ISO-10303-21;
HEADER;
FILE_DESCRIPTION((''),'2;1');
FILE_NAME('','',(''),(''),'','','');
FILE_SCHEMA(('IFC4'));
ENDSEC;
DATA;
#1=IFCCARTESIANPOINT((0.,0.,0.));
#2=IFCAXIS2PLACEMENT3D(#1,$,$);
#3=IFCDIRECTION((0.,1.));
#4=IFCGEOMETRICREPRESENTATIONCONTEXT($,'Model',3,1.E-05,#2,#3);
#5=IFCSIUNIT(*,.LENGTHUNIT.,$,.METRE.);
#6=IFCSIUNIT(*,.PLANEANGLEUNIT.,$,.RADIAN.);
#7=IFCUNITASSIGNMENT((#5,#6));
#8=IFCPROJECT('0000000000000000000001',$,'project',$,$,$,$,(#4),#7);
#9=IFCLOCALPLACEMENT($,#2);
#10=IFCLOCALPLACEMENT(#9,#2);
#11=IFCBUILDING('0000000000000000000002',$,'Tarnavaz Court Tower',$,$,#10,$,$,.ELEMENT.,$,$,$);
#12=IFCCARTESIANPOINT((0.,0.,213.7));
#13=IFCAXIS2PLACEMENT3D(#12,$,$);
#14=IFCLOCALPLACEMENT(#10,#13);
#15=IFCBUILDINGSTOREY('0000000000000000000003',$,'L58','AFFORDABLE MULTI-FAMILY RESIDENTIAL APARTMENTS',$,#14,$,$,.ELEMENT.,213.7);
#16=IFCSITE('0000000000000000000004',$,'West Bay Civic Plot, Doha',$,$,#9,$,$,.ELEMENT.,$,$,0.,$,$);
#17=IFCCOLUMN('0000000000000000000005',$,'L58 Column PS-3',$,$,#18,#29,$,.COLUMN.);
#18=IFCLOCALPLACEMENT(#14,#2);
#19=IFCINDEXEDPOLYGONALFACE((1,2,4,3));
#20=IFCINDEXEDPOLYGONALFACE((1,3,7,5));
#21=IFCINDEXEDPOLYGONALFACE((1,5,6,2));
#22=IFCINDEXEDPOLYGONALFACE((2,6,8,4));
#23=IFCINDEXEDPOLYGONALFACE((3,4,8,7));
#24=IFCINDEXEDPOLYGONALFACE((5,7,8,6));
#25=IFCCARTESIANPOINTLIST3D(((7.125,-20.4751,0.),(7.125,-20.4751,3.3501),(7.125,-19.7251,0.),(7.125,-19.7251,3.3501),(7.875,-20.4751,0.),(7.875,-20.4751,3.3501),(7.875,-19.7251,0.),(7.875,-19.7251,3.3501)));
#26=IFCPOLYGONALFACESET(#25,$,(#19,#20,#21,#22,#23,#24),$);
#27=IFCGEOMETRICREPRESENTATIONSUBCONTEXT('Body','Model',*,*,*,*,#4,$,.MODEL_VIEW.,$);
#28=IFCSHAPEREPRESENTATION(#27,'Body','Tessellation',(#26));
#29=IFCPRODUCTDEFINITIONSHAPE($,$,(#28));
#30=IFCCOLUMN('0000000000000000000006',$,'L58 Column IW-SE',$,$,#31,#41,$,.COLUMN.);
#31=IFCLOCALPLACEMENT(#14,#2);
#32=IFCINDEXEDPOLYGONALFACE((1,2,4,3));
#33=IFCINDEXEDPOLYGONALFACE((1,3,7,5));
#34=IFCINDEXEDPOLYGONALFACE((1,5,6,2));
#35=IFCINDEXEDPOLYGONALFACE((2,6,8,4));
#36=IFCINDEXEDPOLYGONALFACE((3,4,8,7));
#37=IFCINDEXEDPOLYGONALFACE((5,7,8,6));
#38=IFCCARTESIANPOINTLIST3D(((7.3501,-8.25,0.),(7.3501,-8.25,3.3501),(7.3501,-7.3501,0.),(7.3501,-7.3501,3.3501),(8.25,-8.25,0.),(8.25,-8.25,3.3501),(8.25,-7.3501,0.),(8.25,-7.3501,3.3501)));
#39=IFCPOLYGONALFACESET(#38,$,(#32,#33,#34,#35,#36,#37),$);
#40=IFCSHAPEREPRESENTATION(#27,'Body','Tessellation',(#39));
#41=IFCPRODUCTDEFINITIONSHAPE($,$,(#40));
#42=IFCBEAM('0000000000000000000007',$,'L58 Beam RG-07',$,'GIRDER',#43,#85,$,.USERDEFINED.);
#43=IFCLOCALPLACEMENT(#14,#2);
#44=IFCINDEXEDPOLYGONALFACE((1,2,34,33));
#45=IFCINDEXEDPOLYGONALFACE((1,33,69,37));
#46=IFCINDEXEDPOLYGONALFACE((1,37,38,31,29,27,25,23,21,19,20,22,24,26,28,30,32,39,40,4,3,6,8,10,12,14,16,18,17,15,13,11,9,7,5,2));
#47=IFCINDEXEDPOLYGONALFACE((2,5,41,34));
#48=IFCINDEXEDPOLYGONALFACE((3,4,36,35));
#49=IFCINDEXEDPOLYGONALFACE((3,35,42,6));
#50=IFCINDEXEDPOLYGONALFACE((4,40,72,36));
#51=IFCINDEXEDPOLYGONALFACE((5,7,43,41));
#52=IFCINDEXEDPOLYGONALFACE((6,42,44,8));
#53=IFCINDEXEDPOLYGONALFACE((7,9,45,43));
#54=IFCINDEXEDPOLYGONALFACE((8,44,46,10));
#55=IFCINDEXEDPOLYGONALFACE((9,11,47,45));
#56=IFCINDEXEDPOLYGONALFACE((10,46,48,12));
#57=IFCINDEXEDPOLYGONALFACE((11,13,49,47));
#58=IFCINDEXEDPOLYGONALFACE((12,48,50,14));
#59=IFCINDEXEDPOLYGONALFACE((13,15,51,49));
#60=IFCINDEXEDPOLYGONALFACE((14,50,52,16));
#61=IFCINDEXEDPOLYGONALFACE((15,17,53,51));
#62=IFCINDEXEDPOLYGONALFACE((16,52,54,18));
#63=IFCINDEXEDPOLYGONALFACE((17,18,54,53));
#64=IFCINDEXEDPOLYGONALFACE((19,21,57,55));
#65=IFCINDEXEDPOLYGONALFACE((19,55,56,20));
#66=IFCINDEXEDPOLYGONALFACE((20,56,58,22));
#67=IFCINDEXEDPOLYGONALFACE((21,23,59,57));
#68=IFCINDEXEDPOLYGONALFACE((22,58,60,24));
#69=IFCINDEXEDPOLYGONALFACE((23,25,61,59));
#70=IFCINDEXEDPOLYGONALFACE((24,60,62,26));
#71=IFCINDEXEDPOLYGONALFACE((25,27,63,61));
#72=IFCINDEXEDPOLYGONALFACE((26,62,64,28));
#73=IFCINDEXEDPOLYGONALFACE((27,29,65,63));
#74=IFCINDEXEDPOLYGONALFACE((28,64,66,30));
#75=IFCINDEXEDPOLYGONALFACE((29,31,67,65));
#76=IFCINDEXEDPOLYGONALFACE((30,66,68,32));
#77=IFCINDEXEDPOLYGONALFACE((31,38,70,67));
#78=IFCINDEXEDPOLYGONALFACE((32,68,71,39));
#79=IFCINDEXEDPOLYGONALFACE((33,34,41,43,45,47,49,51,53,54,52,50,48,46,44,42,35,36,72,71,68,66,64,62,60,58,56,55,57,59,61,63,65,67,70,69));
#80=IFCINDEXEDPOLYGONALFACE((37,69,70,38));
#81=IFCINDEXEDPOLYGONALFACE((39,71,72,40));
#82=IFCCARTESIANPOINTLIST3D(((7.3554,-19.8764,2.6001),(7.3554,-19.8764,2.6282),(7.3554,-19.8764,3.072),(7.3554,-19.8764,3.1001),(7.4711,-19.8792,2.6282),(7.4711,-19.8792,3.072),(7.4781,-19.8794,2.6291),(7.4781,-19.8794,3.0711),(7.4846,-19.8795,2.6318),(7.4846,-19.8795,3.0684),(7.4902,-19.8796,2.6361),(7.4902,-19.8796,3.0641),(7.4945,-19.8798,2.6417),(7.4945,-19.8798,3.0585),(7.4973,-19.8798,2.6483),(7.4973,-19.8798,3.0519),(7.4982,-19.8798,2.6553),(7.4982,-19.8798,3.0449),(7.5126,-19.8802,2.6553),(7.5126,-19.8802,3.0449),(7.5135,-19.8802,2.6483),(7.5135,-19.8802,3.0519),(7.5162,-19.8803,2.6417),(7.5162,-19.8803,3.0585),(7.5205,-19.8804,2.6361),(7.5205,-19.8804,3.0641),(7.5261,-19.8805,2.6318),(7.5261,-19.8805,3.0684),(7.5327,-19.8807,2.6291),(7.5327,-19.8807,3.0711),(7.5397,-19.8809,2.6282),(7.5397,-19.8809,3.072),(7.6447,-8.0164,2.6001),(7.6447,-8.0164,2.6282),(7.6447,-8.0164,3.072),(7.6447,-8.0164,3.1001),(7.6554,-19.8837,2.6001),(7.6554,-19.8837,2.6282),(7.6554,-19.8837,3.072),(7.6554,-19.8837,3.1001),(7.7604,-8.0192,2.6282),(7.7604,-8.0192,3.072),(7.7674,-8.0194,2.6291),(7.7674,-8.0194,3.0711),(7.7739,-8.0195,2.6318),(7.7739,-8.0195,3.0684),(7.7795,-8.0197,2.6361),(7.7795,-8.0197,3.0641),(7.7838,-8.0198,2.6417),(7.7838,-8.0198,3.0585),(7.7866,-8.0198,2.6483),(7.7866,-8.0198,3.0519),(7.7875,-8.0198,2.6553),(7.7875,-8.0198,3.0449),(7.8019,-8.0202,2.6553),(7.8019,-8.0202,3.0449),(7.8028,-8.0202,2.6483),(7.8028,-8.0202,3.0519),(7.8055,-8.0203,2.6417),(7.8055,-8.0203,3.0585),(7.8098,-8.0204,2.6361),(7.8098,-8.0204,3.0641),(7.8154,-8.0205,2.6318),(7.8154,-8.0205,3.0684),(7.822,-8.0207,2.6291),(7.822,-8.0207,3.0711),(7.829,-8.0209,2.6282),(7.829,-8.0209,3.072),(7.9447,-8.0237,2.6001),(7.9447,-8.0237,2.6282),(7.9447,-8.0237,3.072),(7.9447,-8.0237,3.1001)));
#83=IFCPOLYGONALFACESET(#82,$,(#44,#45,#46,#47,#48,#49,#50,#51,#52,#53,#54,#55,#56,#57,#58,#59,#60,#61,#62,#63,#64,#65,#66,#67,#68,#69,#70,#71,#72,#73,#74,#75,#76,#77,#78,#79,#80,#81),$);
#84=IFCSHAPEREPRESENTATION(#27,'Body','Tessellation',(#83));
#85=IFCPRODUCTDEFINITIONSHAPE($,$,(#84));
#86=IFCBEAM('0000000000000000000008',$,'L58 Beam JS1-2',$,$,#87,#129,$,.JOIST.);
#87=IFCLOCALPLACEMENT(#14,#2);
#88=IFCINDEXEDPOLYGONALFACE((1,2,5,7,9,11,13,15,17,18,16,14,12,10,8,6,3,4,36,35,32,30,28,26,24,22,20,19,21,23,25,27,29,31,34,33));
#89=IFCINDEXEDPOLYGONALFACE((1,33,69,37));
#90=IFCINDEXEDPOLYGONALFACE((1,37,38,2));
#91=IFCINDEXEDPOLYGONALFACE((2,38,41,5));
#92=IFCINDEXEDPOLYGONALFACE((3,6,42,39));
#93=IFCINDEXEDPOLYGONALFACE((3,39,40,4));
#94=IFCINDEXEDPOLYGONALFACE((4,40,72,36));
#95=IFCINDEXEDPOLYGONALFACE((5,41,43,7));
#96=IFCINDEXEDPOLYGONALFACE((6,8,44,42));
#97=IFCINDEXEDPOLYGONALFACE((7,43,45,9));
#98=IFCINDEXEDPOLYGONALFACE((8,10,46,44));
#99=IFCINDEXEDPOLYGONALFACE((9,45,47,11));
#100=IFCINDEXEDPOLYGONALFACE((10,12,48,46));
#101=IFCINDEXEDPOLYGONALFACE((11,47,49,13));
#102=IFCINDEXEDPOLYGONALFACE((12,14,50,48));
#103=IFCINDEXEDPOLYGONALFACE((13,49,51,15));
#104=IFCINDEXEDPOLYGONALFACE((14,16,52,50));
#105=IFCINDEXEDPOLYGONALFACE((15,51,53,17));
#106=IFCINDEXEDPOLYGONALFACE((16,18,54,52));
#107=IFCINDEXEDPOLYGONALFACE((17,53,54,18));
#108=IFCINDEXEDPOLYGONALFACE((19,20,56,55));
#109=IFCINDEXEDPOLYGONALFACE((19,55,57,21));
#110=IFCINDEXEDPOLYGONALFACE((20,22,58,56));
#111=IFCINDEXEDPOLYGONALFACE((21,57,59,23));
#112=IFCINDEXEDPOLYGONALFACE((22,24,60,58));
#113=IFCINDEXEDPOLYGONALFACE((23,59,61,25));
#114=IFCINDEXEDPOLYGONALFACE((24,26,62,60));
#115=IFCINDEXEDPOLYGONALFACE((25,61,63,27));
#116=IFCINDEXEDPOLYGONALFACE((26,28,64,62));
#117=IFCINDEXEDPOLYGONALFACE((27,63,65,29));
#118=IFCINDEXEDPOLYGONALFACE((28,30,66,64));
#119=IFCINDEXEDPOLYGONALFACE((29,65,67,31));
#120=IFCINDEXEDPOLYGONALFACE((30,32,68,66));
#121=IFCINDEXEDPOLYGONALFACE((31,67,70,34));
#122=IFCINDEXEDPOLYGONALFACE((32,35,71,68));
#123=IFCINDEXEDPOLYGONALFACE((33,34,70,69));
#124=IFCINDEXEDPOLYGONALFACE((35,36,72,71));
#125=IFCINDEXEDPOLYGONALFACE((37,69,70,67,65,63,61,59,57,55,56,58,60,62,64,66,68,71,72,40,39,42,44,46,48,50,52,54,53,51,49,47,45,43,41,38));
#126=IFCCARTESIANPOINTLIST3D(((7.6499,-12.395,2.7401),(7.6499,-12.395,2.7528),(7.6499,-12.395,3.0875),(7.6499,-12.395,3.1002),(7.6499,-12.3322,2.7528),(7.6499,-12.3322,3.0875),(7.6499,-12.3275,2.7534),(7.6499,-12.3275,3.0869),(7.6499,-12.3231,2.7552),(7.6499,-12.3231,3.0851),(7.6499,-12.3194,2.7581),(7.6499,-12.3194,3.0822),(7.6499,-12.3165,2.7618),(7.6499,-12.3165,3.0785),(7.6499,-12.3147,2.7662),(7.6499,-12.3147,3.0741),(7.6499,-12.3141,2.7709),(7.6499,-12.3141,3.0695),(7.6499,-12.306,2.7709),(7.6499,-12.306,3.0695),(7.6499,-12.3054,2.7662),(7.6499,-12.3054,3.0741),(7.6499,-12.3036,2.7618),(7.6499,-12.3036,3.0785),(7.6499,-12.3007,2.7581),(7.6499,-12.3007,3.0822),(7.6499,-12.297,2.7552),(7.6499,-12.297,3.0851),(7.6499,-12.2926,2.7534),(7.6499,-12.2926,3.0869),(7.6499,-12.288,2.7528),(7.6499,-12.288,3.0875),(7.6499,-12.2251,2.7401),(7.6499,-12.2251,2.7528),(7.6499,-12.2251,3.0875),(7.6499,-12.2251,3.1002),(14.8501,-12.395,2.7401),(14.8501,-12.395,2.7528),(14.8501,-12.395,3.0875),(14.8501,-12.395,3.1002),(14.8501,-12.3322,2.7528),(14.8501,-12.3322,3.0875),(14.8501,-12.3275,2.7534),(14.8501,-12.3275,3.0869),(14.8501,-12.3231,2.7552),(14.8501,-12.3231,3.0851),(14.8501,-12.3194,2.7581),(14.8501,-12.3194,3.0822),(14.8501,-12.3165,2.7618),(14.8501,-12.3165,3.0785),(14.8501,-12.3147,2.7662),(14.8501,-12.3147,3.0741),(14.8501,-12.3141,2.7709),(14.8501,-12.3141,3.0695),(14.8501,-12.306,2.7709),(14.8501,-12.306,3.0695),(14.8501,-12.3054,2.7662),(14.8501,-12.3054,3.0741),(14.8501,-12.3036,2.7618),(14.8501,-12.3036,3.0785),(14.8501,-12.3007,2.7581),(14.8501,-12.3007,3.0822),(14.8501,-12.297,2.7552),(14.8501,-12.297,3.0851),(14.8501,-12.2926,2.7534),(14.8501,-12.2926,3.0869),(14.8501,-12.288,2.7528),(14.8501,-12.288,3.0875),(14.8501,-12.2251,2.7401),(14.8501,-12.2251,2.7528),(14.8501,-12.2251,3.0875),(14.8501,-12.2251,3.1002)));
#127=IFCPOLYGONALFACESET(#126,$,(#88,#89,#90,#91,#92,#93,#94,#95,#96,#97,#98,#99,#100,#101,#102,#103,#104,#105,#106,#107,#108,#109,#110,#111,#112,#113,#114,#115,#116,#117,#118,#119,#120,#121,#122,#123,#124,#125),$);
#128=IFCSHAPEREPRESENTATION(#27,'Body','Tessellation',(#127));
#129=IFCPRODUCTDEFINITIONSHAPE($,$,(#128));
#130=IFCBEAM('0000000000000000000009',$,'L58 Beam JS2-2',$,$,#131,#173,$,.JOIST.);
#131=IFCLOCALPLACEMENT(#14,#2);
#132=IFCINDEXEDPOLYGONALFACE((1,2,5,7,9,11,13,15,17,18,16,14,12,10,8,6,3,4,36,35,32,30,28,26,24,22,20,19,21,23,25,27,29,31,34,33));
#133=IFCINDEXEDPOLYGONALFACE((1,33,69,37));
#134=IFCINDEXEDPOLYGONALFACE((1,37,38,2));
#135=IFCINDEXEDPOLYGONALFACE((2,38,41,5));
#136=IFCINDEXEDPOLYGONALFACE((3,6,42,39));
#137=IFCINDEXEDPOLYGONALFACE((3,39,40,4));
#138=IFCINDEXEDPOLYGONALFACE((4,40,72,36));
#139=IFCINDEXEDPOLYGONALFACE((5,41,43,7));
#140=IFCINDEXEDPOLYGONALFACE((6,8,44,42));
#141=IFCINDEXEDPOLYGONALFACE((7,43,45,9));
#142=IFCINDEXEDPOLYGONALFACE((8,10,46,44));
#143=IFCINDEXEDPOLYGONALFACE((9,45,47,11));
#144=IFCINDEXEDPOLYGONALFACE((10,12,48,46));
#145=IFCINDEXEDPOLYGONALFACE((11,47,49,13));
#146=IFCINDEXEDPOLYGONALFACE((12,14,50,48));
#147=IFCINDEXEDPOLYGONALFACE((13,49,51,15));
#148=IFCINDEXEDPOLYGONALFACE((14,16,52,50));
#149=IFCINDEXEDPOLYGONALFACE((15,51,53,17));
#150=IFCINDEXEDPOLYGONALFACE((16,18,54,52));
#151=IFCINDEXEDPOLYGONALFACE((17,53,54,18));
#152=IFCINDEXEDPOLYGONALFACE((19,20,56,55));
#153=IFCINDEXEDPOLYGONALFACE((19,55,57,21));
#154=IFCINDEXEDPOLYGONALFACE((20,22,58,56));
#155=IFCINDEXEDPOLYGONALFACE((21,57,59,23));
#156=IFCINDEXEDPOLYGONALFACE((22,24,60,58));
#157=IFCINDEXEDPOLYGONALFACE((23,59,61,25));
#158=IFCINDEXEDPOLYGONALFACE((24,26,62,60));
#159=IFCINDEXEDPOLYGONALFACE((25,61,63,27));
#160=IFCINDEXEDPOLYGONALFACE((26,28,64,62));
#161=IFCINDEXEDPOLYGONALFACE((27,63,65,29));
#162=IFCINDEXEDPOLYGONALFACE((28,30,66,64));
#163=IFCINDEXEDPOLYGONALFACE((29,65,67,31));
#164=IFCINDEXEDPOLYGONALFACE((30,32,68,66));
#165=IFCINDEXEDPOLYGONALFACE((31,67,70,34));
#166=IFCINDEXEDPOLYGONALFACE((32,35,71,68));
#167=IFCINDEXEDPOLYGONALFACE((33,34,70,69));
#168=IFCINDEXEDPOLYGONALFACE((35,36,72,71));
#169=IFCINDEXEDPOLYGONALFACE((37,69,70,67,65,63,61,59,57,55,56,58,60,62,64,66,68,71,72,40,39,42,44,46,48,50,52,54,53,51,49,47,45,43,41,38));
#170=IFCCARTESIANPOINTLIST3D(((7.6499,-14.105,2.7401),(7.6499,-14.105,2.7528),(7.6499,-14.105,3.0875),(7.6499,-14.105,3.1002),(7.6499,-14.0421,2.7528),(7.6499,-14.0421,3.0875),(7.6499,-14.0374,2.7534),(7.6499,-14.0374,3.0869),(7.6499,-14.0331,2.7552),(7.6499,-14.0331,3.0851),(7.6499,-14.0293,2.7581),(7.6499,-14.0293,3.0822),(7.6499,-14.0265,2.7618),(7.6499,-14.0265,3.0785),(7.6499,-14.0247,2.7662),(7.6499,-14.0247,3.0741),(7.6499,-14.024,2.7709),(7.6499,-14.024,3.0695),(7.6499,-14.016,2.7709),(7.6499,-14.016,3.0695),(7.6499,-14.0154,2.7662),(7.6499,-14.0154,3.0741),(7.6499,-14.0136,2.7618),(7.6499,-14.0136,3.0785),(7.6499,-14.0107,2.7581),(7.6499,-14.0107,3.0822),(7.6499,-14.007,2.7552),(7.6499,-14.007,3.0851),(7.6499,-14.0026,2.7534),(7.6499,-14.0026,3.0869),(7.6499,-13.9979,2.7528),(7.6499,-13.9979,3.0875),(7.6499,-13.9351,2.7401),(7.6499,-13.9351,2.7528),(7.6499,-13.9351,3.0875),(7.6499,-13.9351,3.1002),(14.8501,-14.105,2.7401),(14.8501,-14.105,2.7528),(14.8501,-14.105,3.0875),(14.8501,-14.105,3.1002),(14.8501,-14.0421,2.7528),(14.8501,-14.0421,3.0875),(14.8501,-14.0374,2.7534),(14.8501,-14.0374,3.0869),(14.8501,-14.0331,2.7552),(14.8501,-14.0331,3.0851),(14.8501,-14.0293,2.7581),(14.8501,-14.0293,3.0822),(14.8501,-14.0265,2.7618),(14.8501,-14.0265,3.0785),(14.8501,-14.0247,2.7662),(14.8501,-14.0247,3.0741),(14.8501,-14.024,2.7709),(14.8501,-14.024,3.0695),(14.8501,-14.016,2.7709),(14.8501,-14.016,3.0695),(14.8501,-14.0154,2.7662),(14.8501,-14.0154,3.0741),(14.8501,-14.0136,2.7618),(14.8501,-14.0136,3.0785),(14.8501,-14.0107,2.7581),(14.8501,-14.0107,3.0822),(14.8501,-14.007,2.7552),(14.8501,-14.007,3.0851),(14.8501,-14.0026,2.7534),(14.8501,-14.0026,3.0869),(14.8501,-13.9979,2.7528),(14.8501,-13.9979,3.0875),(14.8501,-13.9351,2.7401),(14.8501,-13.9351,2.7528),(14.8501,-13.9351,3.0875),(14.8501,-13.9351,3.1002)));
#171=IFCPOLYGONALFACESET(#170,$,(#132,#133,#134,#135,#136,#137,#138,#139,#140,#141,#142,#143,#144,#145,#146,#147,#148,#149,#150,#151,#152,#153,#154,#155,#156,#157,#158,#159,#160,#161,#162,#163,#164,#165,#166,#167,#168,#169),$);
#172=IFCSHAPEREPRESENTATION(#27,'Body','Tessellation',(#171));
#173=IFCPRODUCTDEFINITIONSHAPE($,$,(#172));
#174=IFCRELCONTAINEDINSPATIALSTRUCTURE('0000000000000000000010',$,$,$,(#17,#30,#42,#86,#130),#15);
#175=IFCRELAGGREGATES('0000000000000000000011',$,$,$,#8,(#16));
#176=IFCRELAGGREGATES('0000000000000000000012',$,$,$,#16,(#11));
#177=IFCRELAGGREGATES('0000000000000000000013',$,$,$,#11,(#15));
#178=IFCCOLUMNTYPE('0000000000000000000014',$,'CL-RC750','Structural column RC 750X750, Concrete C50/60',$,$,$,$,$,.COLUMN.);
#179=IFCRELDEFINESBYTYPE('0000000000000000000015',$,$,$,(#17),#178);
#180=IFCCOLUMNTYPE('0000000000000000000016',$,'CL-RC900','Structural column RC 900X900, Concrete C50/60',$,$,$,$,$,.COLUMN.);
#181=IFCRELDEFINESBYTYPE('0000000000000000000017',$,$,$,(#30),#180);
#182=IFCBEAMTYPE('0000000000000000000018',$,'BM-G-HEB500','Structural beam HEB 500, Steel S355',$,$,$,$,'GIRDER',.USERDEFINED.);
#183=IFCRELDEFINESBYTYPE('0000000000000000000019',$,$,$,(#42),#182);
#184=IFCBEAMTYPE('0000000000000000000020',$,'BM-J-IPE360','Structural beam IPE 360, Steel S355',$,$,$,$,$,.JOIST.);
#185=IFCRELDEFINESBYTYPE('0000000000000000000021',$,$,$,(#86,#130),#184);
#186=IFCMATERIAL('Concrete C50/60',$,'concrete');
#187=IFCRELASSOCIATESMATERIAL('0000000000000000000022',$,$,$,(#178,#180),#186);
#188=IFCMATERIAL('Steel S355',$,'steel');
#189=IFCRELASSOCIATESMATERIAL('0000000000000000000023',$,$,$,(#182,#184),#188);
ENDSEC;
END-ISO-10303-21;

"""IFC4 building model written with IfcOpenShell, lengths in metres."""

from ifc_helpers import new_model, si_unit, direction, frame, origin, origin_2d, place, context, subcontext, project, spatial, rectangle, i_section, extrude, material, material_profile, profile_set, type_object, element, save


model = new_model("IFC4")

# Units and contexts
model_context = context("Model", 3, precision=1e-05, world=origin(), true_north=direction((0.0, 1.0)))
body_context = subcontext(model_context, "Body", "Model", "MODEL_VIEW")
ifc_project = project(units=[si_unit("LENGTHUNIT", "METRE"), si_unit("PLANEANGLEUNIT", "RADIAN")], contexts=[model_context])

# Site, building, storey
site_placement = place(None, origin())
site = spatial("IfcSite", under=ifc_project, at=site_placement, Name="West Bay Civic Plot, Doha", CompositionType="ELEMENT", RefElevation=0.0)
building_placement = place(site_placement, origin())
building = spatial("IfcBuilding", under=site, at=building_placement, Name="Tarnavaz Court Tower", CompositionType="ELEMENT")
storey_placement = place(building_placement, frame((0.0, 0.0, 213.7)))
storey = spatial("IfcBuildingStorey", under=building, at=storey_placement, Name="L58", Description="AFFORDABLE MULTI-FAMILY RESIDENTIAL APARTMENTS", CompositionType="ELEMENT", Elevation=213.7)

# Columns
ifc_material_1 = material(Name="Concrete C50/60", Category="concrete")
ifc_material_profile_1 = material_profile(ifc_material_1, rectangle(XDim=0.75, YDim=0.75, at=origin_2d()), Name="RC 750X750")
ifc_profile_set_1 = profile_set([ifc_material_profile_1], Name="Concrete C50/60")
column_type_1 = type_object("IfcColumnType", Name="CL-RC750", Description="Structural column RC 750X750, Concrete C50/60", PredefinedType="COLUMN", material=ifc_profile_set_1)
column_1_placement = place(storey_placement, frame((7.5, -20.1001, 0.0), z_axis=(0.0, 0.0, 1.0), x_axis=(1.0, 0.0, 0.0)))
element("IfcColumn", 1, at=column_1_placement, inside=storey, type_object=column_type_1, Name="L58 Column PS-3", PredefinedType="COLUMN", context=body_context, shape_type="SweptSolid", body=[
    extrude(rectangle(XDim=0.75, YDim=0.75, at=origin_2d()), origin(), (0.0, 0.0, 1.0), 3.3501),
])
ifc_material_profile_2 = material_profile(ifc_material_1, rectangle(XDim=0.8999, YDim=0.8999, at=origin_2d()), Name="RC 900X900")
ifc_profile_set_2 = profile_set([ifc_material_profile_2], Name="Concrete C50/60")
column_type_2 = type_object("IfcColumnType", Name="CL-RC900", Description="Structural column RC 900X900, Concrete C50/60", PredefinedType="COLUMN", material=ifc_profile_set_2)
column_2_placement = place(storey_placement, frame((7.8, -7.8, 0.0), z_axis=(0.0, 0.0, 1.0), x_axis=(1.0, 0.0, 0.0)))
element("IfcColumn", 2, at=column_2_placement, inside=storey, type_object=column_type_2, Name="L58 Column IW-SE", PredefinedType="COLUMN", context=body_context, shape_type="SweptSolid", body=[
    extrude(rectangle(XDim=0.8999, YDim=0.8999, at=origin_2d()), origin(), (0.0, 0.0, 1.0), 3.3501),
])

# Beams
ifc_material_2 = material(Name="Steel S355", Category="steel")
ifc_material_profile_3 = material_profile(ifc_material_2, i_section(OverallWidth=0.3, OverallDepth=0.5, WebThickness=0.0144, FlangeThickness=0.0281, FilletRadius=0.0271, at=origin_2d()), Name="HEB 500")
ifc_profile_set_3 = profile_set([ifc_material_profile_3], Name="Steel S355")
beam_type_1 = type_object("IfcBeamType", Name="BM-G-HEB500", Description="Structural beam HEB 500, Steel S355", ElementType="GIRDER", PredefinedType="USERDEFINED", material=ifc_profile_set_3)
beam_1_placement = place(storey_placement, frame((7.7947, -8.02, 2.8501), z_axis=(-0.024386, -0.999703, 0.0), x_axis=(0.999703, -0.024386, 0.0)))
element("IfcBeam", 3, at=beam_1_placement, inside=storey, type_object=beam_type_1, Name="L58 Beam RG-07", ObjectType="GIRDER", PredefinedType="USERDEFINED", context=body_context, shape_type="SweptSolid", body=[
    extrude(i_section(OverallWidth=0.3, OverallDepth=0.5, WebThickness=0.0144, FlangeThickness=0.0281, FilletRadius=0.0271, at=origin_2d()), origin(), (0.0, 0.0, 1.0), 11.8635),
])
ifc_material_profile_4 = material_profile(ifc_material_2, i_section(OverallWidth=0.1699, OverallDepth=0.3601, WebThickness=0.0081, FlangeThickness=0.0127, FilletRadius=0.0181, at=origin_2d()), Name="IPE 360")
ifc_profile_set_4 = profile_set([ifc_material_profile_4], Name="Steel S355")
beam_type_2 = type_object("IfcBeamType", Name="BM-J-IPE360", Description="Structural beam IPE 360, Steel S355", PredefinedType="JOIST", material=ifc_profile_set_4)
for number, where, z_axis, x_axis, name in (
    (4, (7.6499, -12.3101, 2.9202), (1.0, 0.0, 0.0), (0.0, 1.0, 0.0), "L58 Beam JS1-2"),
    (5, (7.6499, -14.02, 2.9202), (1.0, 0.0, 0.0), (0.0, 1.0, 0.0), "L58 Beam JS2-2"),
):
    element("IfcBeam", number, at=place(storey_placement, frame(where, z_axis=z_axis, x_axis=x_axis)), inside=storey, type_object=beam_type_2, Name=name, PredefinedType="JOIST", context=body_context, shape_type="SweptSolid", body=[
        extrude(i_section(OverallWidth=0.1699, OverallDepth=0.3601, WebThickness=0.0081, FlangeThickness=0.0127, FilletRadius=0.0181, at=origin_2d()), origin(), (0.0, 0.0, 1.0), 7.2002),
    ])

save(model, "model.ifc")
